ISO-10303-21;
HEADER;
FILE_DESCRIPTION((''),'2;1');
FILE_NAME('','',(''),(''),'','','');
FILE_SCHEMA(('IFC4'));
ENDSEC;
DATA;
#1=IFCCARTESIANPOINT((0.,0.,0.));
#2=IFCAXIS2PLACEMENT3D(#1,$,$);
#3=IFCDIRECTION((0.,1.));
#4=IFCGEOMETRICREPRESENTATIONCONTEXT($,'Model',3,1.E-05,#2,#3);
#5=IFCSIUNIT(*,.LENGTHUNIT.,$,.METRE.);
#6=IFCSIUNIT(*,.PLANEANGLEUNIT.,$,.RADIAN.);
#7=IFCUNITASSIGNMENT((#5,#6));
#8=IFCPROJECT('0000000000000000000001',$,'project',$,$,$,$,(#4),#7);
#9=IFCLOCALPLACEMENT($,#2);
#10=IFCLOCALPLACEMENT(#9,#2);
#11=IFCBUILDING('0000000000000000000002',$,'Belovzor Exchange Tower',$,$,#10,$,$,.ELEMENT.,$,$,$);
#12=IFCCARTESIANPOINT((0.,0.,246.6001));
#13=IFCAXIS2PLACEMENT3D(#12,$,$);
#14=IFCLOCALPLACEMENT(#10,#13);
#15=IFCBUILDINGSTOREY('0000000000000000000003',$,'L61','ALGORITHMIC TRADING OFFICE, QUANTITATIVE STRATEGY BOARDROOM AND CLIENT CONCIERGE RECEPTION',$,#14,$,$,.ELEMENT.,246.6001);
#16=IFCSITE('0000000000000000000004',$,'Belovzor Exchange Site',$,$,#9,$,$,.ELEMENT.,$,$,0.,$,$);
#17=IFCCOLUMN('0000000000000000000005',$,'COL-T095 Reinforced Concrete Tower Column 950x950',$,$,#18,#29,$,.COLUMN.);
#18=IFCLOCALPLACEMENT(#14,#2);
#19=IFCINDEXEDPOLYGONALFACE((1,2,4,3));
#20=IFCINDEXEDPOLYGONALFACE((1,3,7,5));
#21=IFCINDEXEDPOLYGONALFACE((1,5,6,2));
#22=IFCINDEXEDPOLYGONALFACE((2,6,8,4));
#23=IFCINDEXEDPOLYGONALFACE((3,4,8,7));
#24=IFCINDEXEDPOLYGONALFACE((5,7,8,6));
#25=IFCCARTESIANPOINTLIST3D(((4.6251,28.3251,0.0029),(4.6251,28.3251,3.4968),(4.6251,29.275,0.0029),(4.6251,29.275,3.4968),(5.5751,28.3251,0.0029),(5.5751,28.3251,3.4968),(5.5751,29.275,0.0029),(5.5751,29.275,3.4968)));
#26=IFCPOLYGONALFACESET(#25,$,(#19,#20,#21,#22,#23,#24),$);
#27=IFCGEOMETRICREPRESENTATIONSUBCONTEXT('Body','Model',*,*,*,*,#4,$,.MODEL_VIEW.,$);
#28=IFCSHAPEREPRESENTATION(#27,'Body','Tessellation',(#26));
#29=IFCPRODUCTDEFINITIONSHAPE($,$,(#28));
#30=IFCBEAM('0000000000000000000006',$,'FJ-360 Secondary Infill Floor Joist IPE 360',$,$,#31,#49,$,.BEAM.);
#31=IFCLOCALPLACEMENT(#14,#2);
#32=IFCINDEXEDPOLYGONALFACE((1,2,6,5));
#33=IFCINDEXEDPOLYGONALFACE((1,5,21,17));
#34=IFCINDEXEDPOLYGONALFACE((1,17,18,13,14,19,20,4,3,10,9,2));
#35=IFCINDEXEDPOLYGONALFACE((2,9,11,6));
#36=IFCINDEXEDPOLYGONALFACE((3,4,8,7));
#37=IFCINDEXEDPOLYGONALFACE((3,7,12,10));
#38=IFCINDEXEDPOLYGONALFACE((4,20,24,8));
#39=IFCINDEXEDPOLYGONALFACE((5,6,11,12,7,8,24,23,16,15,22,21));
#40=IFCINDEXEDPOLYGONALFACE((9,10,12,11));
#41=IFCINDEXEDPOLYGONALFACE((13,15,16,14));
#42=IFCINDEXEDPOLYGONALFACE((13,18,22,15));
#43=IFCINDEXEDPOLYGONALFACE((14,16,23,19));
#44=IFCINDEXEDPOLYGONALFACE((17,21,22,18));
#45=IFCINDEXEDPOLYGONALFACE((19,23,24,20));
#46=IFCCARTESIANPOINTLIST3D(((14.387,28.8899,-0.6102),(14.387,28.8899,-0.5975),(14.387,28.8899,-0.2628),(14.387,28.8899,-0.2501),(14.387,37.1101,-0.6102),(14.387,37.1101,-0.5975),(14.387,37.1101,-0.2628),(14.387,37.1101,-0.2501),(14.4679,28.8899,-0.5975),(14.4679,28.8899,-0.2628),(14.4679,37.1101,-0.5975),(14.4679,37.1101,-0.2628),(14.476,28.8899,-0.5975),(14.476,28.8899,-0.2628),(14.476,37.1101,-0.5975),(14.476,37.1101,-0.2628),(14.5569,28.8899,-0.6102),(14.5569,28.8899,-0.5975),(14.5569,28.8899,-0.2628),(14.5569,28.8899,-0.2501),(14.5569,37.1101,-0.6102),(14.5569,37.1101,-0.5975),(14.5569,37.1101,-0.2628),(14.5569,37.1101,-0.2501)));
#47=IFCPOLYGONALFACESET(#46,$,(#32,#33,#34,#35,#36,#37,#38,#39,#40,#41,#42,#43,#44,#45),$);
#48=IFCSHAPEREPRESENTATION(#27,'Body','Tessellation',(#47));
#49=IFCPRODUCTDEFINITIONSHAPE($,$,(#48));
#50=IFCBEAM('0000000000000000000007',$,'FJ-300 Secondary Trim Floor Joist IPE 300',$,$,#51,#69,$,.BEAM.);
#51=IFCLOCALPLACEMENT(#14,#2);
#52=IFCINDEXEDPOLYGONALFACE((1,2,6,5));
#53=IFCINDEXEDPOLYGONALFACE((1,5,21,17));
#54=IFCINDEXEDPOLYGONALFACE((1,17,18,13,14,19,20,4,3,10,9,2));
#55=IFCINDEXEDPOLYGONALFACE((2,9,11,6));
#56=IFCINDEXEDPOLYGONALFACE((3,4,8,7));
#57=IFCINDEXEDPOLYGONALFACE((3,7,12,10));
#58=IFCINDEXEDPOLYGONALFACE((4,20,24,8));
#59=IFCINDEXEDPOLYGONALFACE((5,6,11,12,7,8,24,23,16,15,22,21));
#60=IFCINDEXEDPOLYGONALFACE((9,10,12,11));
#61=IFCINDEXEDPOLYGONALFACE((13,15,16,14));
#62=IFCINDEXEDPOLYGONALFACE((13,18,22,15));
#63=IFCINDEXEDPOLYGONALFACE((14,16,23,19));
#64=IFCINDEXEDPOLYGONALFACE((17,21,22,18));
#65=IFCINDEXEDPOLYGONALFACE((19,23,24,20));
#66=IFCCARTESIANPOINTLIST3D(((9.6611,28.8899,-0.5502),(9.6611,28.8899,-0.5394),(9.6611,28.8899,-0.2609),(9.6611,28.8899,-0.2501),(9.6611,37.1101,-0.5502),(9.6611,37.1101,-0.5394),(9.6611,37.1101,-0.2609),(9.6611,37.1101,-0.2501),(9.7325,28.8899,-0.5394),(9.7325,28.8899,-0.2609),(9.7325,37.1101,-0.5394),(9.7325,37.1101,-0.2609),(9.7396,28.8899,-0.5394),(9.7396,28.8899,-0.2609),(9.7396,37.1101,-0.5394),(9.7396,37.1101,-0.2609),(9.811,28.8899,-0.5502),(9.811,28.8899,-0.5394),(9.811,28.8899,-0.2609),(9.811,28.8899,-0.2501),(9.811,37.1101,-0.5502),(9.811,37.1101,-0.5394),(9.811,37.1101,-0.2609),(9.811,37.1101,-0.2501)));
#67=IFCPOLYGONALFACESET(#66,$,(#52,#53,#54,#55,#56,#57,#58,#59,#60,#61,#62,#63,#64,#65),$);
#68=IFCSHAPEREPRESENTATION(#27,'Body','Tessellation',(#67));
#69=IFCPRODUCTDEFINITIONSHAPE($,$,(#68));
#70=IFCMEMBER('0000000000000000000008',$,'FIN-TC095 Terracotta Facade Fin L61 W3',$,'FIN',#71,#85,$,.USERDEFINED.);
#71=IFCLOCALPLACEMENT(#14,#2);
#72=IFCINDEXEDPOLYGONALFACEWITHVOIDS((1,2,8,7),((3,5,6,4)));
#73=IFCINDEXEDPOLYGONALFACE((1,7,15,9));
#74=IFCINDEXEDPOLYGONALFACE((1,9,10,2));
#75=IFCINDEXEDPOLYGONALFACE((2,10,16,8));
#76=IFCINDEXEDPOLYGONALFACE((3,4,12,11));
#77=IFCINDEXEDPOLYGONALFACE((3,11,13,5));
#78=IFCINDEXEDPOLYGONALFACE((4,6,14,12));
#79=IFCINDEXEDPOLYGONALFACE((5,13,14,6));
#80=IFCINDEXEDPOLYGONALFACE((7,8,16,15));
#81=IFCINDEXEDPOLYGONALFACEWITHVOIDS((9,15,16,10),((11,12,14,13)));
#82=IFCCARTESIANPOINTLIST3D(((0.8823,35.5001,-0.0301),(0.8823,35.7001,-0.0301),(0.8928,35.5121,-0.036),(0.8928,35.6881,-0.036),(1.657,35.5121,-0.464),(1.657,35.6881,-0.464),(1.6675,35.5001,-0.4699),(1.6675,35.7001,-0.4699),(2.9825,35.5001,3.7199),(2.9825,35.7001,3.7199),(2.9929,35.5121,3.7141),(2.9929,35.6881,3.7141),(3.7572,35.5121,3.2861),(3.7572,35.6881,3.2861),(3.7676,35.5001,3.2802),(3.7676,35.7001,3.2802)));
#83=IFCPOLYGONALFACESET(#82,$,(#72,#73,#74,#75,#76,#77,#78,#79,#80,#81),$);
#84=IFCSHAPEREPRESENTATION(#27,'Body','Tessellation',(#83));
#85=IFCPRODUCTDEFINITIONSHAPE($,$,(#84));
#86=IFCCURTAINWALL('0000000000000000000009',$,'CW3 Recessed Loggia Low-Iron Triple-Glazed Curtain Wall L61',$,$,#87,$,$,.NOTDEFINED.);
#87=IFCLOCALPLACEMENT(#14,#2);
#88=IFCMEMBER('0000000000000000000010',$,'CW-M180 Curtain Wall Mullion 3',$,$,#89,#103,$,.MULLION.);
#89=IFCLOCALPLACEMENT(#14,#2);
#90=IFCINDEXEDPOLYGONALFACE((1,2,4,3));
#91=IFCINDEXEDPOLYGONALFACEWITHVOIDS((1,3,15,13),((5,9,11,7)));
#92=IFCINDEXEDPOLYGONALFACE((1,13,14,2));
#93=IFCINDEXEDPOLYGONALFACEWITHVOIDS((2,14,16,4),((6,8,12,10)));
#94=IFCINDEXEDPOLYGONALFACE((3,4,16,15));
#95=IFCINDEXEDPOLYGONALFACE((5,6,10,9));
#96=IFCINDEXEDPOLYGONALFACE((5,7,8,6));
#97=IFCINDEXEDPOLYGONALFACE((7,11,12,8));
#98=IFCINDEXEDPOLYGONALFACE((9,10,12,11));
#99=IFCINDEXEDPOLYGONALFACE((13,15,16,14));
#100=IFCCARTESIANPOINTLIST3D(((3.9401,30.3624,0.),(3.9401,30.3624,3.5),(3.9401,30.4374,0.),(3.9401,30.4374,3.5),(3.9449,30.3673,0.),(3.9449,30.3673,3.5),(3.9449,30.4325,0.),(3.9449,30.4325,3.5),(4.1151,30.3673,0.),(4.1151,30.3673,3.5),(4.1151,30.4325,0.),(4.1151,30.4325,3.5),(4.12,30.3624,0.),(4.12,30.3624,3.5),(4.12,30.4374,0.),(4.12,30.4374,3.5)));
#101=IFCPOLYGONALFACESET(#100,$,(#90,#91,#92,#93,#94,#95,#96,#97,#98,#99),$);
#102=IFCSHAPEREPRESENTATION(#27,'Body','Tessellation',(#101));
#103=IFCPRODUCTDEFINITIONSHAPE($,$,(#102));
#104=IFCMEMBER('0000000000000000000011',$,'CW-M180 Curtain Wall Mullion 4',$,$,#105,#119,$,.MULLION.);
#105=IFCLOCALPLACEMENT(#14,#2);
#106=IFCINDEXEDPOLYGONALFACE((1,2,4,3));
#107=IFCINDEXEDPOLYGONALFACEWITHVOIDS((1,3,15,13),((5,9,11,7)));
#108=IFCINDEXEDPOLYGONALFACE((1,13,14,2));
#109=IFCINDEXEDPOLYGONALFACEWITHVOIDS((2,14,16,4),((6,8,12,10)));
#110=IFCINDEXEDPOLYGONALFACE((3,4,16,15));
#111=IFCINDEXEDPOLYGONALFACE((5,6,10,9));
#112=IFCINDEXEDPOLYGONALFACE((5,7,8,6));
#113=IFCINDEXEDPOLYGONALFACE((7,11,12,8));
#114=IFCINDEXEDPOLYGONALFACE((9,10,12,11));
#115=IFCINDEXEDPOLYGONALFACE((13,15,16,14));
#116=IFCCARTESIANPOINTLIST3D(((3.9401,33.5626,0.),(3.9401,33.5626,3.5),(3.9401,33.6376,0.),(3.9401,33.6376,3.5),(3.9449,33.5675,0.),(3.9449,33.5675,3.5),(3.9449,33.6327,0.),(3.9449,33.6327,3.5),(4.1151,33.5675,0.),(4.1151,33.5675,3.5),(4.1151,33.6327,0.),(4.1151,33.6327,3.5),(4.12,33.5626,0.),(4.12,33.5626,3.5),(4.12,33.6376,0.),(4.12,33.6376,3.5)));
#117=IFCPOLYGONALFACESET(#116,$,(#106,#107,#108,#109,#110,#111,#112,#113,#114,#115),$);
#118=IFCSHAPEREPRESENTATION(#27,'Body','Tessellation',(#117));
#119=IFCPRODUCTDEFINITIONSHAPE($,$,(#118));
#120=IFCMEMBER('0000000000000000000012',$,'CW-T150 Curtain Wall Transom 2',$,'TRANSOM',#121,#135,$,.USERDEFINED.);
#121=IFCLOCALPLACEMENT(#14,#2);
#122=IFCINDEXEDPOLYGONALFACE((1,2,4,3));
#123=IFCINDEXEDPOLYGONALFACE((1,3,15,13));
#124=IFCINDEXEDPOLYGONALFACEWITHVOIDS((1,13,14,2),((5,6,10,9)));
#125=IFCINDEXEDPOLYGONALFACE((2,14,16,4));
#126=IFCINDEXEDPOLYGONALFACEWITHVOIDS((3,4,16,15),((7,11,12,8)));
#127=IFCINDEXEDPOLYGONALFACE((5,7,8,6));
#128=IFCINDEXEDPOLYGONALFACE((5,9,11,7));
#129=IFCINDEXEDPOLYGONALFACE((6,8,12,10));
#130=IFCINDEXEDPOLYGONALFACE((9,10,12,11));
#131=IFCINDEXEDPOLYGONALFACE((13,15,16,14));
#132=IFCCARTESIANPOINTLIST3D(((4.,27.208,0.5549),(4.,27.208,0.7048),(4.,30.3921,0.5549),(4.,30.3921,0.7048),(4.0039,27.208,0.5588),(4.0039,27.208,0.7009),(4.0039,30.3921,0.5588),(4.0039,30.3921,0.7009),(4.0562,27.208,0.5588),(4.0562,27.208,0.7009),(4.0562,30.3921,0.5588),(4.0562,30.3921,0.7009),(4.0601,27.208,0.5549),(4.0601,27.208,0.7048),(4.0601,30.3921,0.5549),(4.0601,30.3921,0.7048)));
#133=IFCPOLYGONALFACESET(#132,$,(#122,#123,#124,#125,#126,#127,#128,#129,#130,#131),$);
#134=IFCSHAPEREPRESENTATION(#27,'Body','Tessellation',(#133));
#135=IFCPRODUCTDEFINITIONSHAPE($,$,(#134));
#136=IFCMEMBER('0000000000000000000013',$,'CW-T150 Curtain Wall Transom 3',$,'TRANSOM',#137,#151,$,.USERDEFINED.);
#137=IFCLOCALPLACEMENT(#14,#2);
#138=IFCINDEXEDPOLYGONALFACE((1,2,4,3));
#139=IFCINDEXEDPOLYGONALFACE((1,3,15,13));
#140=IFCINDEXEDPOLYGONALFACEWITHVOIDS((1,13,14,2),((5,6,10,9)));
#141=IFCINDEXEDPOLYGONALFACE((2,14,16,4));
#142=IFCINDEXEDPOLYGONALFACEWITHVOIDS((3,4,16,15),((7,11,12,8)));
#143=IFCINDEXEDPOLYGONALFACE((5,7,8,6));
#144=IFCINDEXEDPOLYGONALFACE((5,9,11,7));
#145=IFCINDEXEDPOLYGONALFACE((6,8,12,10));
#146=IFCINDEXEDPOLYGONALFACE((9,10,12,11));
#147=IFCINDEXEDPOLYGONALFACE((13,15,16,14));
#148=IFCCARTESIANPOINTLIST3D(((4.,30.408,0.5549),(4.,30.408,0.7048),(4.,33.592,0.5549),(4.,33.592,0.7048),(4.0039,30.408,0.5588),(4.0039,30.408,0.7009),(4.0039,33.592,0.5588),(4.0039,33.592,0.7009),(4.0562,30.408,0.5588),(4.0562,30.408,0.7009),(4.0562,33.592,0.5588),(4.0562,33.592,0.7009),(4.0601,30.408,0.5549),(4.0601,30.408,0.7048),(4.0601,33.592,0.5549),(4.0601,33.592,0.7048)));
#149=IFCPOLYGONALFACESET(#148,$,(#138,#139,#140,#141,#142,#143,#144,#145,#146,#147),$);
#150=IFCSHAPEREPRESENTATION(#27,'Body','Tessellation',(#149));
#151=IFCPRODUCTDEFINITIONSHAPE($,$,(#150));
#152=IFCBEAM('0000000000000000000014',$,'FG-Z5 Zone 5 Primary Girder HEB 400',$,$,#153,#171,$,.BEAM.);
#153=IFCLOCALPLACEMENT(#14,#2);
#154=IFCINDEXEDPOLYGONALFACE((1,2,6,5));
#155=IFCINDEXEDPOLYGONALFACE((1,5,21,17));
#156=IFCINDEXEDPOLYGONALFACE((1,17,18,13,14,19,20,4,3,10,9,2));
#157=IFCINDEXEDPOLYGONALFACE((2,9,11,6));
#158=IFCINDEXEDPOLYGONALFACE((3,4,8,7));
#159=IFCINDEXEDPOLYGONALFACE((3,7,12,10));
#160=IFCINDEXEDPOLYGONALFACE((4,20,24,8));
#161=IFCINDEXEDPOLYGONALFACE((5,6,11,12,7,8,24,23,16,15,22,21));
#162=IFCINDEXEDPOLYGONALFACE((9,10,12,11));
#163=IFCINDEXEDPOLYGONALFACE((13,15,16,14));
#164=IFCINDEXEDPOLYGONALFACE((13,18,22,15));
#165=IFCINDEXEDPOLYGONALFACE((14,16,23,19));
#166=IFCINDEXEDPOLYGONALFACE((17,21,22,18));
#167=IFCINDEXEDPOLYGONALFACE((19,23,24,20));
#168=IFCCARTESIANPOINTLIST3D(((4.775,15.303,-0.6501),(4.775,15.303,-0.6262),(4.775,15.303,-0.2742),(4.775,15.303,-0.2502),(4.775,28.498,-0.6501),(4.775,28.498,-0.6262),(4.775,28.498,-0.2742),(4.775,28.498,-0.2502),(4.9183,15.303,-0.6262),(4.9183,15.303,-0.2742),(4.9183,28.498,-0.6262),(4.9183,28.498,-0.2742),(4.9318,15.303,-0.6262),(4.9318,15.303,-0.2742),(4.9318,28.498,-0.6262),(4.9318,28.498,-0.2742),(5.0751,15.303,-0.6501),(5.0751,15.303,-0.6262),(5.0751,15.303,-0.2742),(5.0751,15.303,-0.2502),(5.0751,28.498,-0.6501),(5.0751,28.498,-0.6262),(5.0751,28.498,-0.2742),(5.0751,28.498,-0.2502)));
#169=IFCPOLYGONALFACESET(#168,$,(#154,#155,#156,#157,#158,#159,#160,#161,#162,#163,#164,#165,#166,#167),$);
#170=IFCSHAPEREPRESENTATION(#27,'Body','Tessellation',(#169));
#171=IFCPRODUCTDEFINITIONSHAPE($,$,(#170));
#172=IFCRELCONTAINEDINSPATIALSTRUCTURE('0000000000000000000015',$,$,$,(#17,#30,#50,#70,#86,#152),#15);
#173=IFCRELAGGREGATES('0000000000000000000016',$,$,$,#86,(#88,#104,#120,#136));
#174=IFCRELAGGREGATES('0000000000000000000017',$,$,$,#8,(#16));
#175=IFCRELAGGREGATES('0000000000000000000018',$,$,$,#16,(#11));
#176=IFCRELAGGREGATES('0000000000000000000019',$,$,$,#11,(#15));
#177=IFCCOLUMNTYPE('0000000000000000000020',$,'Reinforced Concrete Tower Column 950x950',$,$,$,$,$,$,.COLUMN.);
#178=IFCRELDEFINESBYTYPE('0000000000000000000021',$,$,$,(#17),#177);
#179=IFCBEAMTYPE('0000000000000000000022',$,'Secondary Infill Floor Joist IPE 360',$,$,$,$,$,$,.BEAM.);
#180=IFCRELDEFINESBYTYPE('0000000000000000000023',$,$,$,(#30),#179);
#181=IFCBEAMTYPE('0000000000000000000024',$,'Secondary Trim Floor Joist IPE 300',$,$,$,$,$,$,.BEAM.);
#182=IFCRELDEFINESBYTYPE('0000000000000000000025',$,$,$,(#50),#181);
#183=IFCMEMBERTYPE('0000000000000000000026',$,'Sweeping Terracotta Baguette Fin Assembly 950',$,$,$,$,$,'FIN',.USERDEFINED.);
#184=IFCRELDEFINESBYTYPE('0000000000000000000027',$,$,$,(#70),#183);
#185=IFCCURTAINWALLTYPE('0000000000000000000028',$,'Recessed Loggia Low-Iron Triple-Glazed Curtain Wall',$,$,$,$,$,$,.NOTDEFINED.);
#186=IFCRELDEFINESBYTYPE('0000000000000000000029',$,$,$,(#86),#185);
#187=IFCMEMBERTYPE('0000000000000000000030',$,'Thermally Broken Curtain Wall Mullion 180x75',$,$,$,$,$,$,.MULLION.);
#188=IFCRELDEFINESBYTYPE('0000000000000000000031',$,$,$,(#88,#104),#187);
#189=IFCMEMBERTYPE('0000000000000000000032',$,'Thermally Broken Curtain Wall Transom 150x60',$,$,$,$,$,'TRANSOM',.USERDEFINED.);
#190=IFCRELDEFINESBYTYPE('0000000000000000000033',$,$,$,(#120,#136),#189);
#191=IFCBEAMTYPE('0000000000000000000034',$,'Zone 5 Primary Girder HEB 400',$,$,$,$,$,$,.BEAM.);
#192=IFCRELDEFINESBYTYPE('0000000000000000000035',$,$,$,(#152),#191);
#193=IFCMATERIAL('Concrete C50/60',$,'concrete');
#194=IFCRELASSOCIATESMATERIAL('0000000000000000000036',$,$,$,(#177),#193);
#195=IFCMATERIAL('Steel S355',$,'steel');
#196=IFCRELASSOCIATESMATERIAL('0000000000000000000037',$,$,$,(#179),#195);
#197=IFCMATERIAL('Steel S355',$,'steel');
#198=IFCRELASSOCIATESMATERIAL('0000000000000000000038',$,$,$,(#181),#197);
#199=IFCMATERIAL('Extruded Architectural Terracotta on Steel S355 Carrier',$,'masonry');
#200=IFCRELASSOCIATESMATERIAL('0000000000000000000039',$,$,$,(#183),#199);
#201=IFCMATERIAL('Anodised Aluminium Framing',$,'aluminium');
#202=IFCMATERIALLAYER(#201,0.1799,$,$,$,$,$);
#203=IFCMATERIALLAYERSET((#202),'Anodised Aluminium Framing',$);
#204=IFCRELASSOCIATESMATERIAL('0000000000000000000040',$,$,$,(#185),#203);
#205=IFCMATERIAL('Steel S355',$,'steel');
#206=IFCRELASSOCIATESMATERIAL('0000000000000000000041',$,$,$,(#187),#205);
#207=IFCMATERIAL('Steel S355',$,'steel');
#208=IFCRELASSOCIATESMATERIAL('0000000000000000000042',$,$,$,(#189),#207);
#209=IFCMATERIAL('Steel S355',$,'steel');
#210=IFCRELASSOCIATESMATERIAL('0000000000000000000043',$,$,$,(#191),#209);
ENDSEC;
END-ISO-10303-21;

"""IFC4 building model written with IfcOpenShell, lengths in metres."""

from ifc_helpers import new_model, si_unit, direction, frame, origin, origin_2d, place, context, subcontext, project, spatial, rectangle, hollow_rectangle, i_section, extrude, material, layer, layer_set, material_profile, profile_set, type_object, element, aggregate, save


model = new_model("IFC4")

# Units and contexts
model_context = context("Model", 3, precision=1e-05, world=origin(), true_north=direction((0.0, 1.0)))
body_context = subcontext(model_context, "Body", "Model", "MODEL_VIEW")
ifc_project = project(units=[si_unit("LENGTHUNIT", "METRE"), si_unit("PLANEANGLEUNIT", "RADIAN")], contexts=[model_context])

# Site, building, storey
site_placement = place(None, origin())
site = spatial("IfcSite", under=ifc_project, at=site_placement, Name="Belovzor Exchange Site", CompositionType="ELEMENT", RefElevation=0.0)
building_placement = place(site_placement, origin())
building = spatial("IfcBuilding", under=site, at=building_placement, Name="Belovzor Exchange Tower", CompositionType="ELEMENT")
storey_placement = place(building_placement, frame((0.0, 0.0, 246.6001)))
storey = spatial("IfcBuildingStorey", under=building, at=storey_placement, Name="L61", Description="ALGORITHMIC TRADING OFFICE, QUANTITATIVE STRATEGY BOARDROOM AND CLIENT CONCIERGE RECEPTION", CompositionType="ELEMENT", Elevation=246.6001)

# Column
ifc_material_1 = material(Name="Concrete C50/60", Category="concrete")
ifc_material_profile_1 = material_profile(ifc_material_1, rectangle(XDim=0.95, YDim=0.95, at=origin_2d()))
ifc_profile_set_1 = profile_set([ifc_material_profile_1], Name="Concrete C50/60")
column_type = type_object("IfcColumnType", Name="Reinforced Concrete Tower Column 950x950", PredefinedType="COLUMN", material=ifc_profile_set_1)
column_placement = place(storey_placement, frame((5.1001, 28.8, 0.0029), z_axis=(0.0, 0.0, 1.0), x_axis=(1.0, 0.0, 0.0)))
element("IfcColumn", 1, at=column_placement, inside=storey, type_object=column_type, Name="COL-T095 Reinforced Concrete Tower Column 950x950", PredefinedType="COLUMN", context=body_context, shape_type="SweptSolid", body=[
    extrude(rectangle(XDim=0.95, YDim=0.95, at=origin_2d()), origin(), (0.0, 0.0, 1.0), 3.4939),
])

# Beams
ifc_material_2 = material(Name="Steel S355", Category="steel")
ifc_material_profile_2 = material_profile(ifc_material_2, i_section(OverallWidth=0.1699, OverallDepth=0.3601, WebThickness=0.0081, FlangeThickness=0.0127, at=origin_2d()))
ifc_profile_set_2 = profile_set([ifc_material_profile_2], Name="Steel S355")
beam_type_1 = type_object("IfcBeamType", Name="Secondary Infill Floor Joist IPE 360", PredefinedType="BEAM", material=ifc_profile_set_2)
beam_1_placement = place(storey_placement, frame((14.4719, 28.8899, -0.4302), z_axis=(0.0, 1.0, 0.0), x_axis=(-1.0, 0.0, 0.0)))
element("IfcBeam", 2, at=beam_1_placement, inside=storey, type_object=beam_type_1, Name="FJ-360 Secondary Infill Floor Joist IPE 360", PredefinedType="BEAM", context=body_context, shape_type="SweptSolid", body=[
    extrude(i_section(OverallWidth=0.1699, OverallDepth=0.3601, WebThickness=0.0081, FlangeThickness=0.0127, at=origin_2d()), origin(), (0.0, 0.0, 1.0), 8.2202),
])
ifc_material_3 = material(Name="Steel S355", Category="steel")
ifc_material_profile_3 = material_profile(ifc_material_3, i_section(OverallWidth=0.1499, OverallDepth=0.3, WebThickness=0.0071, FlangeThickness=0.0107, at=origin_2d()))
ifc_profile_set_3 = profile_set([ifc_material_profile_3], Name="Steel S355")
beam_type_2 = type_object("IfcBeamType", Name="Secondary Trim Floor Joist IPE 300", PredefinedType="BEAM", material=ifc_profile_set_3)
beam_2_placement = place(storey_placement, frame((9.7361, 28.8899, -0.4001), z_axis=(0.0, 1.0, 0.0), x_axis=(-1.0, 0.0, 0.0)))
element("IfcBeam", 3, at=beam_2_placement, inside=storey, type_object=beam_type_2, Name="FJ-300 Secondary Trim Floor Joist IPE 300", PredefinedType="BEAM", context=body_context, shape_type="SweptSolid", body=[
    extrude(i_section(OverallWidth=0.1499, OverallDepth=0.3, WebThickness=0.0071, FlangeThickness=0.0107, at=origin_2d()), origin(), (0.0, 0.0, 1.0), 8.2202),
])

# Member
ifc_material_4 = material(Name="Extruded Architectural Terracotta on Steel S355 Carrier", Category="masonry")
ifc_material_profile_4 = material_profile(ifc_material_4, hollow_rectangle(XDim=0.2, YDim=0.8999, WallThickness=0.012, at=origin_2d()))
ifc_profile_set_4 = profile_set([ifc_material_profile_4], Name="Extruded Architectural Terracotta on Steel S355 Carrier")
member_type_1 = type_object("IfcMemberType", Name="Sweeping Terracotta Baguette Fin Assembly 950", ElementType="FIN", PredefinedType="USERDEFINED", material=ifc_profile_set_4)
member_1_placement = place(storey_placement, frame((1.2749, 35.6001, -0.25), z_axis=(0.488621, 0.0, 0.872496), x_axis=(0.0, 1.0, 0.0)))
element("IfcMember", 4, at=member_1_placement, inside=storey, type_object=member_type_1, Name="FIN-TC095 Terracotta Facade Fin L61 W3", ObjectType="FIN", PredefinedType="USERDEFINED", context=body_context, shape_type="SweptSolid", body=[
    extrude(hollow_rectangle(XDim=0.2, YDim=0.8999, WallThickness=0.012, at=origin_2d()), origin(), (0.0, 0.0, 1.0), 4.2981),
])

# Curtain wall, members
ifc_material_5 = material(Name="Anodised Aluminium Framing", Category="aluminium")
ifc_layer_1 = layer(ifc_material_5, 0.1799)
ifc_layer_set_1 = layer_set([ifc_layer_1], Name="Anodised Aluminium Framing")
curtain_wall_type = type_object("IfcCurtainWallType", Name="Recessed Loggia Low-Iron Triple-Glazed Curtain Wall", PredefinedType="NOTDEFINED", material=ifc_layer_set_1)
curtain_wall_placement = place(storey_placement, origin())
curtain_wall = element("IfcCurtainWall", 5, at=curtain_wall_placement, inside=storey, type_object=curtain_wall_type, Name="CW3 Recessed Loggia Low-Iron Triple-Glazed Curtain Wall L61", PredefinedType="NOTDEFINED")
ifc_material_6 = material(Name="Steel S355", Category="steel")
ifc_material_profile_5 = material_profile(ifc_material_6, hollow_rectangle(XDim=0.075, YDim=0.1799, WallThickness=0.0049, at=origin_2d()))
ifc_profile_set_5 = profile_set([ifc_material_profile_5], Name="Steel S355")
member_type_2 = type_object("IfcMemberType", Name="Thermally Broken Curtain Wall Mullion 180x75", PredefinedType="MULLION", material=ifc_profile_set_5)
member_2_placement = place(storey_placement, frame((4.03, 30.3999, 0.0), z_axis=(0.0, 0.0, 1.0), x_axis=(0.0, 1.0, 0.0)))
member_2 = element("IfcMember", 6, at=member_2_placement, type_object=member_type_2, Name="CW-M180 Curtain Wall Mullion 3", PredefinedType="MULLION", context=body_context, shape_type="SweptSolid", body=[
    extrude(hollow_rectangle(XDim=0.075, YDim=0.1799, WallThickness=0.0049, at=origin_2d()), origin(), (0.0, 0.0, 1.0), 3.5),
])
member_3_placement = place(storey_placement, frame((4.03, 33.6001, 0.0), z_axis=(0.0, 0.0, 1.0), x_axis=(0.0, 1.0, 0.0)))
member_3 = element("IfcMember", 7, at=member_3_placement, type_object=member_type_2, Name="CW-M180 Curtain Wall Mullion 4", PredefinedType="MULLION", context=body_context, shape_type="SweptSolid", body=[
    extrude(hollow_rectangle(XDim=0.075, YDim=0.1799, WallThickness=0.0049, at=origin_2d()), origin(), (0.0, 0.0, 1.0), 3.5),
])
ifc_material_7 = material(Name="Steel S355", Category="steel")
ifc_material_profile_6 = material_profile(ifc_material_7, hollow_rectangle(XDim=0.0601, YDim=0.1499, WallThickness=0.0039, at=origin_2d()))
ifc_profile_set_6 = profile_set([ifc_material_profile_6], Name="Steel S355")
member_type_3 = type_object("IfcMemberType", Name="Thermally Broken Curtain Wall Transom 150x60", ElementType="TRANSOM", PredefinedType="USERDEFINED", material=ifc_profile_set_6)
member_4_placement = place(storey_placement, frame((4.03, 27.208, 0.6299), z_axis=(0.0, 1.0, 0.0), x_axis=(-1.0, 0.0, 0.0)))
member_4 = element("IfcMember", 8, at=member_4_placement, type_object=member_type_3, Name="CW-T150 Curtain Wall Transom 2", ObjectType="TRANSOM", PredefinedType="USERDEFINED", context=body_context, shape_type="SweptSolid", body=[
    extrude(hollow_rectangle(XDim=0.0601, YDim=0.1499, WallThickness=0.0039, at=origin_2d()), origin(), (0.0, 0.0, 1.0), 3.1841),
])
member_5_placement = place(storey_placement, frame((4.03, 30.408, 0.6299), z_axis=(0.0, 1.0, 0.0), x_axis=(-1.0, 0.0, 0.0)))
member_5 = element("IfcMember", 9, at=member_5_placement, type_object=member_type_3, Name="CW-T150 Curtain Wall Transom 3", ObjectType="TRANSOM", PredefinedType="USERDEFINED", context=body_context, shape_type="SweptSolid", body=[
    extrude(hollow_rectangle(XDim=0.0601, YDim=0.1499, WallThickness=0.0039, at=origin_2d()), origin(), (0.0, 0.0, 1.0), 3.1841),
])

# Beam
ifc_material_8 = material(Name="Steel S355", Category="steel")
ifc_material_profile_7 = material_profile(ifc_material_8, i_section(OverallWidth=0.3, OverallDepth=0.3999, WebThickness=0.0134, FlangeThickness=0.0239, at=origin_2d()))
ifc_profile_set_7 = profile_set([ifc_material_profile_7], Name="Steel S355")
beam_type_3 = type_object("IfcBeamType", Name="Zone 5 Primary Girder HEB 400", PredefinedType="BEAM", material=ifc_profile_set_7)
beam_3_placement = place(storey_placement, frame((4.925, 28.498, -0.4502), z_axis=(0.0, -1.0, 0.0), x_axis=(1.0, 0.0, 0.0)))
element("IfcBeam", 10, at=beam_3_placement, inside=storey, type_object=beam_type_3, Name="FG-Z5 Zone 5 Primary Girder HEB 400", PredefinedType="BEAM", context=body_context, shape_type="SweptSolid", body=[
    extrude(i_section(OverallWidth=0.3, OverallDepth=0.3999, WebThickness=0.0134, FlangeThickness=0.0239, at=origin_2d()), origin(), (0.0, 0.0, 1.0), 13.1951),
])

aggregate(curtain_wall, [member_2, member_3, member_4, member_5])

save(model, "model.ifc")
